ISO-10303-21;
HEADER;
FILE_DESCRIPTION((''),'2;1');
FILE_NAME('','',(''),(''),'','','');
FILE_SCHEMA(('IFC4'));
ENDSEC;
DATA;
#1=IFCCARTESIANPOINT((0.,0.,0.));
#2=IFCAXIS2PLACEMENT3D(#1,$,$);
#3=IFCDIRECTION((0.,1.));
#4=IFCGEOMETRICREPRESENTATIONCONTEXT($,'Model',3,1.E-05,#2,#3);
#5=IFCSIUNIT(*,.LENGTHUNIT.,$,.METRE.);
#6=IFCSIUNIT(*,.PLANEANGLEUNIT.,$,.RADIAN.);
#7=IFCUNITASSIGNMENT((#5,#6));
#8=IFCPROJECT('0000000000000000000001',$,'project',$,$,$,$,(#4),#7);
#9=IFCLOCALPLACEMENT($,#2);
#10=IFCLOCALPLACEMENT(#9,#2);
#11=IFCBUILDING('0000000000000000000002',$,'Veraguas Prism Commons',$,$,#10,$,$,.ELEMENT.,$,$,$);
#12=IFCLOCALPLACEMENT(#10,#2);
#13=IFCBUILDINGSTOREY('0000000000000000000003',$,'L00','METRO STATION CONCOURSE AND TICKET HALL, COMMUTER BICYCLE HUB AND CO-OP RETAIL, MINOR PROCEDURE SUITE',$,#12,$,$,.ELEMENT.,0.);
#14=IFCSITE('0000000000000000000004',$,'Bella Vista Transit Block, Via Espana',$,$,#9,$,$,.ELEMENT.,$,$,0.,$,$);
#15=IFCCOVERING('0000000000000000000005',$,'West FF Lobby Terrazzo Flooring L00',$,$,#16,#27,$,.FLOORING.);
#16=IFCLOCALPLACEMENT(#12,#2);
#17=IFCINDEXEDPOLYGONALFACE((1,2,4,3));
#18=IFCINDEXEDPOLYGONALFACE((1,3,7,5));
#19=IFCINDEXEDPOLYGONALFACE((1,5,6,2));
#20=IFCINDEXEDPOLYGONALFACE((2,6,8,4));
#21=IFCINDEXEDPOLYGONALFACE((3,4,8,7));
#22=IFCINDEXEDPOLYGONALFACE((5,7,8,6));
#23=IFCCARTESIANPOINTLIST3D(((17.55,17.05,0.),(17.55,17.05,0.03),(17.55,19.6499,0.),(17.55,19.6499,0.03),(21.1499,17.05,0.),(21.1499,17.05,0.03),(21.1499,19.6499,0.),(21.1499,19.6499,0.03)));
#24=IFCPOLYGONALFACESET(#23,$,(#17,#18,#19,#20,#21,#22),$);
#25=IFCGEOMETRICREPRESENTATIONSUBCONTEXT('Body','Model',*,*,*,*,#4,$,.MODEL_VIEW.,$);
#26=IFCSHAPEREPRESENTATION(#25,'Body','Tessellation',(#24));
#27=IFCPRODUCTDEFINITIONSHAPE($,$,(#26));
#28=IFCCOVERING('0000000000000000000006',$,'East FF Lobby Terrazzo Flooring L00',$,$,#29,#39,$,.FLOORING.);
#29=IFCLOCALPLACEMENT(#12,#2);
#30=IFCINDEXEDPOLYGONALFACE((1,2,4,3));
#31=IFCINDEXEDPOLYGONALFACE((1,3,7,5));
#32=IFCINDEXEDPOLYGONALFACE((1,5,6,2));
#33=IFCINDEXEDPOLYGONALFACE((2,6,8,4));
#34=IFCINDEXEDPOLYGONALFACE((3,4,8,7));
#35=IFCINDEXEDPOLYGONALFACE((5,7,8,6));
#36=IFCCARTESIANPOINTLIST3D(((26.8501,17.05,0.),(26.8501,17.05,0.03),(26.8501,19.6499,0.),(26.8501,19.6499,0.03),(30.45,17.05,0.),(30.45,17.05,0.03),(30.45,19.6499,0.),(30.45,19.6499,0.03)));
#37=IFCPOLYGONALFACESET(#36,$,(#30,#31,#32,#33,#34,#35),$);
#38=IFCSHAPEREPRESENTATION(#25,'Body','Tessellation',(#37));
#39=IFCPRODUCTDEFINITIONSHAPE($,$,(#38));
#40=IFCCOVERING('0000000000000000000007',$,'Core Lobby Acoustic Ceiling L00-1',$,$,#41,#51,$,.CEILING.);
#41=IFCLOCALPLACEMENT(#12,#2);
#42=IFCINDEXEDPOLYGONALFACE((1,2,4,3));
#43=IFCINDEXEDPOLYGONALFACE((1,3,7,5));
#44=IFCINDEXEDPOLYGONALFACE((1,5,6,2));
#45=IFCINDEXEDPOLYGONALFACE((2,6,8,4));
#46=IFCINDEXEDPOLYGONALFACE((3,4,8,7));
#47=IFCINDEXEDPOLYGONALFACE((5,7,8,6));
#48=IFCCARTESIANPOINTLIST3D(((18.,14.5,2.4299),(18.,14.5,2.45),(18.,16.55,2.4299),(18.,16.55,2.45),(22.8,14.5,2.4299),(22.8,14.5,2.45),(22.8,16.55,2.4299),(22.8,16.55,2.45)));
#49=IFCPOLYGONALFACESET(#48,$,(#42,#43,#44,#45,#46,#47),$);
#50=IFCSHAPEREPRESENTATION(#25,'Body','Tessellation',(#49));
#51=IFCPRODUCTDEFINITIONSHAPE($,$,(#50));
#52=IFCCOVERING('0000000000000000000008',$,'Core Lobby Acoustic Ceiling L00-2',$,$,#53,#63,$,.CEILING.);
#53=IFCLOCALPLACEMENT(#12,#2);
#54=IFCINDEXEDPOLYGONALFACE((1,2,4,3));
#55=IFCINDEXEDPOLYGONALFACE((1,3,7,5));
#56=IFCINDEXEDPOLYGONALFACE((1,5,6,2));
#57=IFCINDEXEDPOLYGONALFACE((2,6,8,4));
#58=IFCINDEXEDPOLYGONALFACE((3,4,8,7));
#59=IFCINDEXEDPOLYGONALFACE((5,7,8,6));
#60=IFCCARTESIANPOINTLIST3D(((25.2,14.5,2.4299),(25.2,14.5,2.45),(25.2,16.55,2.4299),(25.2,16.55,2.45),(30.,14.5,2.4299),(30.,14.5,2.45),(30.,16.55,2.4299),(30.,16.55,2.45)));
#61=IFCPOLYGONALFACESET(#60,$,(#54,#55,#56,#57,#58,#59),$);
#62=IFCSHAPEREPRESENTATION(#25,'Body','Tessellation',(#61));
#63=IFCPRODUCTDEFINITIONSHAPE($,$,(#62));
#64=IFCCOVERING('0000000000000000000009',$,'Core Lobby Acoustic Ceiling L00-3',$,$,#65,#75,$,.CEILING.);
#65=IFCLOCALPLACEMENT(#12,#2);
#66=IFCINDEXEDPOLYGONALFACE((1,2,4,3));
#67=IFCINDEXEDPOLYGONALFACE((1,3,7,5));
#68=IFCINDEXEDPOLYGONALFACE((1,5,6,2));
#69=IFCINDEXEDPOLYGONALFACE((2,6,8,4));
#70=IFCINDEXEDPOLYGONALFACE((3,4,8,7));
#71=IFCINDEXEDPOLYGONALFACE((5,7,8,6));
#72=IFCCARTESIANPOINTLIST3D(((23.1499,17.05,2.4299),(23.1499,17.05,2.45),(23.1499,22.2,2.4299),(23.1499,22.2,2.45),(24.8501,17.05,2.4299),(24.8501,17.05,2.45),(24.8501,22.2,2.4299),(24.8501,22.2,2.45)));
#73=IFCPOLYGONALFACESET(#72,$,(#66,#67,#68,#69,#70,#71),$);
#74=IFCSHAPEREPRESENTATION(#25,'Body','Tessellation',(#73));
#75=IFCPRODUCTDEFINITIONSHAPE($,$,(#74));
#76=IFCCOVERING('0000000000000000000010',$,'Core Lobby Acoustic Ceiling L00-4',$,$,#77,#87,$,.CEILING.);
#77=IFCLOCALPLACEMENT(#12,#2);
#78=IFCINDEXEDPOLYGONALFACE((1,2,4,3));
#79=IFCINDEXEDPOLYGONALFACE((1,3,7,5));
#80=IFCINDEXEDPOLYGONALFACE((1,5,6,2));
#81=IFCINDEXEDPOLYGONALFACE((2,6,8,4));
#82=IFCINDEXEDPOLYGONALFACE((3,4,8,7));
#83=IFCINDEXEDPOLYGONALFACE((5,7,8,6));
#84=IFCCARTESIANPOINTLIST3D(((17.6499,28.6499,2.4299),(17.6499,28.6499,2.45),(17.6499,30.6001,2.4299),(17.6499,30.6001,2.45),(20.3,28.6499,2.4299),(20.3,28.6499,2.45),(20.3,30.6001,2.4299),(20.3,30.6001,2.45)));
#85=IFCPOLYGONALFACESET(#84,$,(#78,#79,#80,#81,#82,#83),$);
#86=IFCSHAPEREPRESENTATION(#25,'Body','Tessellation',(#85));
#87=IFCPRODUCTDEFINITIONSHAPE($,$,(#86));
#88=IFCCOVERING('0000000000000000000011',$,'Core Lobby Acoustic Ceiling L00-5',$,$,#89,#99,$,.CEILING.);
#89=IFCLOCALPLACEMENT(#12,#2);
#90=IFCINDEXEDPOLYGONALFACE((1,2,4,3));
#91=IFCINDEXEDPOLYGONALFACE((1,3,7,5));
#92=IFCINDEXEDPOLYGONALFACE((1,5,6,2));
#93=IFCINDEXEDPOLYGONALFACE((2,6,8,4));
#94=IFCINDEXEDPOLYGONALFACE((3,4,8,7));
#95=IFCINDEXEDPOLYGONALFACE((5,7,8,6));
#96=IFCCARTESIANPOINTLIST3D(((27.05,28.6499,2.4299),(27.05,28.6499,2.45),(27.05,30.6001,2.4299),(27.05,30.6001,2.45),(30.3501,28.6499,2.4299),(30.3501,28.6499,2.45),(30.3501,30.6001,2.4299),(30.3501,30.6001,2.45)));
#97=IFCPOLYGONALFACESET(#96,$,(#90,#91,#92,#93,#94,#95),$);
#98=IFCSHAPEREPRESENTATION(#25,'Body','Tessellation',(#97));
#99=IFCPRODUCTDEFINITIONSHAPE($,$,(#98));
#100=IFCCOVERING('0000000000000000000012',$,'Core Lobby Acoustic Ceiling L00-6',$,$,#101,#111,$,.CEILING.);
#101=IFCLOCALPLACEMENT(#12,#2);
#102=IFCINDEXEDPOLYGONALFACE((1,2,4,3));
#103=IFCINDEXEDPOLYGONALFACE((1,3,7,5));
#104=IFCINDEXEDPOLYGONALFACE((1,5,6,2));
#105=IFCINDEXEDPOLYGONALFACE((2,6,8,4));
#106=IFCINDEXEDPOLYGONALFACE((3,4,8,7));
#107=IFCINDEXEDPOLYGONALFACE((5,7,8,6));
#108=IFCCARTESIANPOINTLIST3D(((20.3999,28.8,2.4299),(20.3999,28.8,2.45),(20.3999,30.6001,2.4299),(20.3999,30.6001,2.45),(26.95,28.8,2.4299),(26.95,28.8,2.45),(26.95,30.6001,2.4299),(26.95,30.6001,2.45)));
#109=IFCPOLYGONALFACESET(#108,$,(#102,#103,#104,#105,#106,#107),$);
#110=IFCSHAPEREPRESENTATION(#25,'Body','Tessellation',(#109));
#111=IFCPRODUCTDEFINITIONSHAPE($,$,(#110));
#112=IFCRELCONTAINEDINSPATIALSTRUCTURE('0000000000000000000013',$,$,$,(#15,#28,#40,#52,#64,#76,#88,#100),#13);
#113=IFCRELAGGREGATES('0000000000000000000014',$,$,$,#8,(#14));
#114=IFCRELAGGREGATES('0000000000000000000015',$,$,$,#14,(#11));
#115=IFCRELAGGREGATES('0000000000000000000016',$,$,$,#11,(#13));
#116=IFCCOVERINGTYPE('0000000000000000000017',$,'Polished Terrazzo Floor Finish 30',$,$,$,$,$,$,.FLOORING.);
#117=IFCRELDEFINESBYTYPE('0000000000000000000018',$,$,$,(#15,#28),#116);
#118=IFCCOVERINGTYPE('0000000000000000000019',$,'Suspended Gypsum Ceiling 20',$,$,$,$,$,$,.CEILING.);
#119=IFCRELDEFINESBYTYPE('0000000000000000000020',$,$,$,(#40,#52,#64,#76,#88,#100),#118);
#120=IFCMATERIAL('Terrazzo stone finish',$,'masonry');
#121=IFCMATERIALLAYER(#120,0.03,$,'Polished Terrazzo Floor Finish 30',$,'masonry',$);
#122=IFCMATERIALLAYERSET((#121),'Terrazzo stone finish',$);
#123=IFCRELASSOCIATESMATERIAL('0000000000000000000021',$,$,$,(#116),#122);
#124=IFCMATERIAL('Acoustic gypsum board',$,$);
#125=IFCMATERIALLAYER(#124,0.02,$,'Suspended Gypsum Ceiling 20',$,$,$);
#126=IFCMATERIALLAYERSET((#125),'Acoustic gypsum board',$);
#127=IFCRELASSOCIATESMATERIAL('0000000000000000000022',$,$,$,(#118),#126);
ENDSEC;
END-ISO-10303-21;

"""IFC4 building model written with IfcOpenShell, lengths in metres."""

from ifc_helpers import new_model, si_unit, direction, frame, origin, place, context, subcontext, project, spatial, polyline, outline, extrude, material, layer, layer_set, type_object, element, save


model = new_model("IFC4")

# Units and contexts
model_context = context("Model", 3, precision=1e-05, world=origin(), true_north=direction((0.0, 1.0)))
body_context = subcontext(model_context, "Body", "Model", "MODEL_VIEW")
ifc_project = project(units=[si_unit("LENGTHUNIT", "METRE"), si_unit("PLANEANGLEUNIT", "RADIAN")], contexts=[model_context])

# Site, building, storey
site_placement = place(None, origin())
site = spatial("IfcSite", under=ifc_project, at=site_placement, Name="Bella Vista Transit Block, Via Espana", CompositionType="ELEMENT", RefElevation=0.0)
building_placement = place(site_placement, origin())
building = spatial("IfcBuilding", under=site, at=building_placement, Name="Veraguas Prism Commons", CompositionType="ELEMENT")
storey_placement = place(building_placement, origin())
storey = spatial("IfcBuildingStorey", under=building, at=storey_placement, Name="L00", Description="METRO STATION CONCOURSE AND TICKET HALL, COMMUTER BICYCLE HUB AND CO-OP RETAIL, MINOR PROCEDURE SUITE", CompositionType="ELEMENT", Elevation=0.0)

# Coverings
ifc_material_1 = material(Name="Terrazzo stone finish", Category="masonry")
ifc_layer_1 = layer(ifc_material_1, 0.03, Name="Polished Terrazzo Floor Finish 30", Category="masonry")
ifc_layer_set_1 = layer_set([ifc_layer_1], Name="Terrazzo stone finish")
covering_type_1 = type_object("IfcCoveringType", Name="Polished Terrazzo Floor Finish 30", PredefinedType="FLOORING", material=ifc_layer_set_1)
covering_1_placement = place(storey_placement, origin())
element("IfcCovering", 1, at=covering_1_placement, inside=storey, type_object=covering_type_1, Name="West FF Lobby Terrazzo Flooring L00", PredefinedType="FLOORING", context=body_context, shape_type="SweptSolid", body=[
    extrude(outline(polyline([(17.55, 17.05), (21.1499, 17.05), (21.1499, 19.6499), (17.55, 19.6499), (17.55, 17.05)])), origin(), (0.0, 0.0, 1.0), 0.03),
])
covering_2_placement = place(storey_placement, origin())
element("IfcCovering", 2, at=covering_2_placement, inside=storey, type_object=covering_type_1, Name="East FF Lobby Terrazzo Flooring L00", PredefinedType="FLOORING", context=body_context, shape_type="SweptSolid", body=[
    extrude(outline(polyline([(26.8501, 17.05), (30.45, 17.05), (30.45, 19.6499), (26.8501, 19.6499), (26.8501, 17.05)])), origin(), (0.0, 0.0, 1.0), 0.03),
])
ifc_material_2 = material(Name="Acoustic gypsum board")
ifc_layer_2 = layer(ifc_material_2, 0.02, Name="Suspended Gypsum Ceiling 20")
ifc_layer_set_2 = layer_set([ifc_layer_2], Name="Acoustic gypsum board")
covering_type_2 = type_object("IfcCoveringType", Name="Suspended Gypsum Ceiling 20", PredefinedType="CEILING", material=ifc_layer_set_2)
covering_3_placement = place(storey_placement, frame((0.0, 0.0, 2.4299)))
element("IfcCovering", 3, at=covering_3_placement, inside=storey, type_object=covering_type_2, Name="Core Lobby Acoustic Ceiling L00-1", PredefinedType="CEILING", context=body_context, shape_type="SweptSolid", body=[
    extrude(outline(polyline([(18.0, 14.5), (22.8, 14.5), (22.8, 16.55), (18.0, 16.55), (18.0, 14.5)])), origin(), (0.0, 0.0, 1.0), 0.02),
])
covering_4_placement = place(storey_placement, frame((0.0, 0.0, 2.4299)))
element("IfcCovering", 4, at=covering_4_placement, inside=storey, type_object=covering_type_2, Name="Core Lobby Acoustic Ceiling L00-2", PredefinedType="CEILING", context=body_context, shape_type="SweptSolid", body=[
    extrude(outline(polyline([(25.2, 14.5), (30.0, 14.5), (30.0, 16.55), (25.2, 16.55), (25.2, 14.5)])), origin(), (0.0, 0.0, 1.0), 0.02),
])
covering_5_placement = place(storey_placement, frame((0.0, 0.0, 2.4299)))
element("IfcCovering", 5, at=covering_5_placement, inside=storey, type_object=covering_type_2, Name="Core Lobby Acoustic Ceiling L00-3", PredefinedType="CEILING", context=body_context, shape_type="SweptSolid", body=[
    extrude(outline(polyline([(23.1499, 17.05), (24.8501, 17.05), (24.8501, 22.2), (23.1499, 22.2), (23.1499, 17.05)])), origin(), (0.0, 0.0, 1.0), 0.02),
])
covering_6_placement = place(storey_placement, frame((0.0, 0.0, 2.4299)))
element("IfcCovering", 6, at=covering_6_placement, inside=storey, type_object=covering_type_2, Name="Core Lobby Acoustic Ceiling L00-4", PredefinedType="CEILING", context=body_context, shape_type="SweptSolid", body=[
    extrude(outline(polyline([(17.6499, 28.6499), (20.3, 28.6499), (20.3, 30.6001), (17.6499, 30.6001), (17.6499, 28.6499)])), origin(), (0.0, 0.0, 1.0), 0.02),
])
covering_7_placement = place(storey_placement, frame((0.0, 0.0, 2.4299)))
element("IfcCovering", 7, at=covering_7_placement, inside=storey, type_object=covering_type_2, Name="Core Lobby Acoustic Ceiling L00-5", PredefinedType="CEILING", context=body_context, shape_type="SweptSolid", body=[
    extrude(outline(polyline([(27.05, 28.6499), (30.3501, 28.6499), (30.3501, 30.6001), (27.05, 30.6001), (27.05, 28.6499)])), origin(), (0.0, 0.0, 1.0), 0.02),
])
covering_8_placement = place(storey_placement, frame((0.0, 0.0, 2.4299)))
element("IfcCovering", 8, at=covering_8_placement, inside=storey, type_object=covering_type_2, Name="Core Lobby Acoustic Ceiling L00-6", PredefinedType="CEILING", context=body_context, shape_type="SweptSolid", body=[
    extrude(outline(polyline([(20.3999, 28.8), (26.95, 28.8), (26.95, 30.6001), (20.3999, 30.6001), (20.3999, 28.8)])), origin(), (0.0, 0.0, 1.0), 0.02),
])

save(model, "model.ifc")
